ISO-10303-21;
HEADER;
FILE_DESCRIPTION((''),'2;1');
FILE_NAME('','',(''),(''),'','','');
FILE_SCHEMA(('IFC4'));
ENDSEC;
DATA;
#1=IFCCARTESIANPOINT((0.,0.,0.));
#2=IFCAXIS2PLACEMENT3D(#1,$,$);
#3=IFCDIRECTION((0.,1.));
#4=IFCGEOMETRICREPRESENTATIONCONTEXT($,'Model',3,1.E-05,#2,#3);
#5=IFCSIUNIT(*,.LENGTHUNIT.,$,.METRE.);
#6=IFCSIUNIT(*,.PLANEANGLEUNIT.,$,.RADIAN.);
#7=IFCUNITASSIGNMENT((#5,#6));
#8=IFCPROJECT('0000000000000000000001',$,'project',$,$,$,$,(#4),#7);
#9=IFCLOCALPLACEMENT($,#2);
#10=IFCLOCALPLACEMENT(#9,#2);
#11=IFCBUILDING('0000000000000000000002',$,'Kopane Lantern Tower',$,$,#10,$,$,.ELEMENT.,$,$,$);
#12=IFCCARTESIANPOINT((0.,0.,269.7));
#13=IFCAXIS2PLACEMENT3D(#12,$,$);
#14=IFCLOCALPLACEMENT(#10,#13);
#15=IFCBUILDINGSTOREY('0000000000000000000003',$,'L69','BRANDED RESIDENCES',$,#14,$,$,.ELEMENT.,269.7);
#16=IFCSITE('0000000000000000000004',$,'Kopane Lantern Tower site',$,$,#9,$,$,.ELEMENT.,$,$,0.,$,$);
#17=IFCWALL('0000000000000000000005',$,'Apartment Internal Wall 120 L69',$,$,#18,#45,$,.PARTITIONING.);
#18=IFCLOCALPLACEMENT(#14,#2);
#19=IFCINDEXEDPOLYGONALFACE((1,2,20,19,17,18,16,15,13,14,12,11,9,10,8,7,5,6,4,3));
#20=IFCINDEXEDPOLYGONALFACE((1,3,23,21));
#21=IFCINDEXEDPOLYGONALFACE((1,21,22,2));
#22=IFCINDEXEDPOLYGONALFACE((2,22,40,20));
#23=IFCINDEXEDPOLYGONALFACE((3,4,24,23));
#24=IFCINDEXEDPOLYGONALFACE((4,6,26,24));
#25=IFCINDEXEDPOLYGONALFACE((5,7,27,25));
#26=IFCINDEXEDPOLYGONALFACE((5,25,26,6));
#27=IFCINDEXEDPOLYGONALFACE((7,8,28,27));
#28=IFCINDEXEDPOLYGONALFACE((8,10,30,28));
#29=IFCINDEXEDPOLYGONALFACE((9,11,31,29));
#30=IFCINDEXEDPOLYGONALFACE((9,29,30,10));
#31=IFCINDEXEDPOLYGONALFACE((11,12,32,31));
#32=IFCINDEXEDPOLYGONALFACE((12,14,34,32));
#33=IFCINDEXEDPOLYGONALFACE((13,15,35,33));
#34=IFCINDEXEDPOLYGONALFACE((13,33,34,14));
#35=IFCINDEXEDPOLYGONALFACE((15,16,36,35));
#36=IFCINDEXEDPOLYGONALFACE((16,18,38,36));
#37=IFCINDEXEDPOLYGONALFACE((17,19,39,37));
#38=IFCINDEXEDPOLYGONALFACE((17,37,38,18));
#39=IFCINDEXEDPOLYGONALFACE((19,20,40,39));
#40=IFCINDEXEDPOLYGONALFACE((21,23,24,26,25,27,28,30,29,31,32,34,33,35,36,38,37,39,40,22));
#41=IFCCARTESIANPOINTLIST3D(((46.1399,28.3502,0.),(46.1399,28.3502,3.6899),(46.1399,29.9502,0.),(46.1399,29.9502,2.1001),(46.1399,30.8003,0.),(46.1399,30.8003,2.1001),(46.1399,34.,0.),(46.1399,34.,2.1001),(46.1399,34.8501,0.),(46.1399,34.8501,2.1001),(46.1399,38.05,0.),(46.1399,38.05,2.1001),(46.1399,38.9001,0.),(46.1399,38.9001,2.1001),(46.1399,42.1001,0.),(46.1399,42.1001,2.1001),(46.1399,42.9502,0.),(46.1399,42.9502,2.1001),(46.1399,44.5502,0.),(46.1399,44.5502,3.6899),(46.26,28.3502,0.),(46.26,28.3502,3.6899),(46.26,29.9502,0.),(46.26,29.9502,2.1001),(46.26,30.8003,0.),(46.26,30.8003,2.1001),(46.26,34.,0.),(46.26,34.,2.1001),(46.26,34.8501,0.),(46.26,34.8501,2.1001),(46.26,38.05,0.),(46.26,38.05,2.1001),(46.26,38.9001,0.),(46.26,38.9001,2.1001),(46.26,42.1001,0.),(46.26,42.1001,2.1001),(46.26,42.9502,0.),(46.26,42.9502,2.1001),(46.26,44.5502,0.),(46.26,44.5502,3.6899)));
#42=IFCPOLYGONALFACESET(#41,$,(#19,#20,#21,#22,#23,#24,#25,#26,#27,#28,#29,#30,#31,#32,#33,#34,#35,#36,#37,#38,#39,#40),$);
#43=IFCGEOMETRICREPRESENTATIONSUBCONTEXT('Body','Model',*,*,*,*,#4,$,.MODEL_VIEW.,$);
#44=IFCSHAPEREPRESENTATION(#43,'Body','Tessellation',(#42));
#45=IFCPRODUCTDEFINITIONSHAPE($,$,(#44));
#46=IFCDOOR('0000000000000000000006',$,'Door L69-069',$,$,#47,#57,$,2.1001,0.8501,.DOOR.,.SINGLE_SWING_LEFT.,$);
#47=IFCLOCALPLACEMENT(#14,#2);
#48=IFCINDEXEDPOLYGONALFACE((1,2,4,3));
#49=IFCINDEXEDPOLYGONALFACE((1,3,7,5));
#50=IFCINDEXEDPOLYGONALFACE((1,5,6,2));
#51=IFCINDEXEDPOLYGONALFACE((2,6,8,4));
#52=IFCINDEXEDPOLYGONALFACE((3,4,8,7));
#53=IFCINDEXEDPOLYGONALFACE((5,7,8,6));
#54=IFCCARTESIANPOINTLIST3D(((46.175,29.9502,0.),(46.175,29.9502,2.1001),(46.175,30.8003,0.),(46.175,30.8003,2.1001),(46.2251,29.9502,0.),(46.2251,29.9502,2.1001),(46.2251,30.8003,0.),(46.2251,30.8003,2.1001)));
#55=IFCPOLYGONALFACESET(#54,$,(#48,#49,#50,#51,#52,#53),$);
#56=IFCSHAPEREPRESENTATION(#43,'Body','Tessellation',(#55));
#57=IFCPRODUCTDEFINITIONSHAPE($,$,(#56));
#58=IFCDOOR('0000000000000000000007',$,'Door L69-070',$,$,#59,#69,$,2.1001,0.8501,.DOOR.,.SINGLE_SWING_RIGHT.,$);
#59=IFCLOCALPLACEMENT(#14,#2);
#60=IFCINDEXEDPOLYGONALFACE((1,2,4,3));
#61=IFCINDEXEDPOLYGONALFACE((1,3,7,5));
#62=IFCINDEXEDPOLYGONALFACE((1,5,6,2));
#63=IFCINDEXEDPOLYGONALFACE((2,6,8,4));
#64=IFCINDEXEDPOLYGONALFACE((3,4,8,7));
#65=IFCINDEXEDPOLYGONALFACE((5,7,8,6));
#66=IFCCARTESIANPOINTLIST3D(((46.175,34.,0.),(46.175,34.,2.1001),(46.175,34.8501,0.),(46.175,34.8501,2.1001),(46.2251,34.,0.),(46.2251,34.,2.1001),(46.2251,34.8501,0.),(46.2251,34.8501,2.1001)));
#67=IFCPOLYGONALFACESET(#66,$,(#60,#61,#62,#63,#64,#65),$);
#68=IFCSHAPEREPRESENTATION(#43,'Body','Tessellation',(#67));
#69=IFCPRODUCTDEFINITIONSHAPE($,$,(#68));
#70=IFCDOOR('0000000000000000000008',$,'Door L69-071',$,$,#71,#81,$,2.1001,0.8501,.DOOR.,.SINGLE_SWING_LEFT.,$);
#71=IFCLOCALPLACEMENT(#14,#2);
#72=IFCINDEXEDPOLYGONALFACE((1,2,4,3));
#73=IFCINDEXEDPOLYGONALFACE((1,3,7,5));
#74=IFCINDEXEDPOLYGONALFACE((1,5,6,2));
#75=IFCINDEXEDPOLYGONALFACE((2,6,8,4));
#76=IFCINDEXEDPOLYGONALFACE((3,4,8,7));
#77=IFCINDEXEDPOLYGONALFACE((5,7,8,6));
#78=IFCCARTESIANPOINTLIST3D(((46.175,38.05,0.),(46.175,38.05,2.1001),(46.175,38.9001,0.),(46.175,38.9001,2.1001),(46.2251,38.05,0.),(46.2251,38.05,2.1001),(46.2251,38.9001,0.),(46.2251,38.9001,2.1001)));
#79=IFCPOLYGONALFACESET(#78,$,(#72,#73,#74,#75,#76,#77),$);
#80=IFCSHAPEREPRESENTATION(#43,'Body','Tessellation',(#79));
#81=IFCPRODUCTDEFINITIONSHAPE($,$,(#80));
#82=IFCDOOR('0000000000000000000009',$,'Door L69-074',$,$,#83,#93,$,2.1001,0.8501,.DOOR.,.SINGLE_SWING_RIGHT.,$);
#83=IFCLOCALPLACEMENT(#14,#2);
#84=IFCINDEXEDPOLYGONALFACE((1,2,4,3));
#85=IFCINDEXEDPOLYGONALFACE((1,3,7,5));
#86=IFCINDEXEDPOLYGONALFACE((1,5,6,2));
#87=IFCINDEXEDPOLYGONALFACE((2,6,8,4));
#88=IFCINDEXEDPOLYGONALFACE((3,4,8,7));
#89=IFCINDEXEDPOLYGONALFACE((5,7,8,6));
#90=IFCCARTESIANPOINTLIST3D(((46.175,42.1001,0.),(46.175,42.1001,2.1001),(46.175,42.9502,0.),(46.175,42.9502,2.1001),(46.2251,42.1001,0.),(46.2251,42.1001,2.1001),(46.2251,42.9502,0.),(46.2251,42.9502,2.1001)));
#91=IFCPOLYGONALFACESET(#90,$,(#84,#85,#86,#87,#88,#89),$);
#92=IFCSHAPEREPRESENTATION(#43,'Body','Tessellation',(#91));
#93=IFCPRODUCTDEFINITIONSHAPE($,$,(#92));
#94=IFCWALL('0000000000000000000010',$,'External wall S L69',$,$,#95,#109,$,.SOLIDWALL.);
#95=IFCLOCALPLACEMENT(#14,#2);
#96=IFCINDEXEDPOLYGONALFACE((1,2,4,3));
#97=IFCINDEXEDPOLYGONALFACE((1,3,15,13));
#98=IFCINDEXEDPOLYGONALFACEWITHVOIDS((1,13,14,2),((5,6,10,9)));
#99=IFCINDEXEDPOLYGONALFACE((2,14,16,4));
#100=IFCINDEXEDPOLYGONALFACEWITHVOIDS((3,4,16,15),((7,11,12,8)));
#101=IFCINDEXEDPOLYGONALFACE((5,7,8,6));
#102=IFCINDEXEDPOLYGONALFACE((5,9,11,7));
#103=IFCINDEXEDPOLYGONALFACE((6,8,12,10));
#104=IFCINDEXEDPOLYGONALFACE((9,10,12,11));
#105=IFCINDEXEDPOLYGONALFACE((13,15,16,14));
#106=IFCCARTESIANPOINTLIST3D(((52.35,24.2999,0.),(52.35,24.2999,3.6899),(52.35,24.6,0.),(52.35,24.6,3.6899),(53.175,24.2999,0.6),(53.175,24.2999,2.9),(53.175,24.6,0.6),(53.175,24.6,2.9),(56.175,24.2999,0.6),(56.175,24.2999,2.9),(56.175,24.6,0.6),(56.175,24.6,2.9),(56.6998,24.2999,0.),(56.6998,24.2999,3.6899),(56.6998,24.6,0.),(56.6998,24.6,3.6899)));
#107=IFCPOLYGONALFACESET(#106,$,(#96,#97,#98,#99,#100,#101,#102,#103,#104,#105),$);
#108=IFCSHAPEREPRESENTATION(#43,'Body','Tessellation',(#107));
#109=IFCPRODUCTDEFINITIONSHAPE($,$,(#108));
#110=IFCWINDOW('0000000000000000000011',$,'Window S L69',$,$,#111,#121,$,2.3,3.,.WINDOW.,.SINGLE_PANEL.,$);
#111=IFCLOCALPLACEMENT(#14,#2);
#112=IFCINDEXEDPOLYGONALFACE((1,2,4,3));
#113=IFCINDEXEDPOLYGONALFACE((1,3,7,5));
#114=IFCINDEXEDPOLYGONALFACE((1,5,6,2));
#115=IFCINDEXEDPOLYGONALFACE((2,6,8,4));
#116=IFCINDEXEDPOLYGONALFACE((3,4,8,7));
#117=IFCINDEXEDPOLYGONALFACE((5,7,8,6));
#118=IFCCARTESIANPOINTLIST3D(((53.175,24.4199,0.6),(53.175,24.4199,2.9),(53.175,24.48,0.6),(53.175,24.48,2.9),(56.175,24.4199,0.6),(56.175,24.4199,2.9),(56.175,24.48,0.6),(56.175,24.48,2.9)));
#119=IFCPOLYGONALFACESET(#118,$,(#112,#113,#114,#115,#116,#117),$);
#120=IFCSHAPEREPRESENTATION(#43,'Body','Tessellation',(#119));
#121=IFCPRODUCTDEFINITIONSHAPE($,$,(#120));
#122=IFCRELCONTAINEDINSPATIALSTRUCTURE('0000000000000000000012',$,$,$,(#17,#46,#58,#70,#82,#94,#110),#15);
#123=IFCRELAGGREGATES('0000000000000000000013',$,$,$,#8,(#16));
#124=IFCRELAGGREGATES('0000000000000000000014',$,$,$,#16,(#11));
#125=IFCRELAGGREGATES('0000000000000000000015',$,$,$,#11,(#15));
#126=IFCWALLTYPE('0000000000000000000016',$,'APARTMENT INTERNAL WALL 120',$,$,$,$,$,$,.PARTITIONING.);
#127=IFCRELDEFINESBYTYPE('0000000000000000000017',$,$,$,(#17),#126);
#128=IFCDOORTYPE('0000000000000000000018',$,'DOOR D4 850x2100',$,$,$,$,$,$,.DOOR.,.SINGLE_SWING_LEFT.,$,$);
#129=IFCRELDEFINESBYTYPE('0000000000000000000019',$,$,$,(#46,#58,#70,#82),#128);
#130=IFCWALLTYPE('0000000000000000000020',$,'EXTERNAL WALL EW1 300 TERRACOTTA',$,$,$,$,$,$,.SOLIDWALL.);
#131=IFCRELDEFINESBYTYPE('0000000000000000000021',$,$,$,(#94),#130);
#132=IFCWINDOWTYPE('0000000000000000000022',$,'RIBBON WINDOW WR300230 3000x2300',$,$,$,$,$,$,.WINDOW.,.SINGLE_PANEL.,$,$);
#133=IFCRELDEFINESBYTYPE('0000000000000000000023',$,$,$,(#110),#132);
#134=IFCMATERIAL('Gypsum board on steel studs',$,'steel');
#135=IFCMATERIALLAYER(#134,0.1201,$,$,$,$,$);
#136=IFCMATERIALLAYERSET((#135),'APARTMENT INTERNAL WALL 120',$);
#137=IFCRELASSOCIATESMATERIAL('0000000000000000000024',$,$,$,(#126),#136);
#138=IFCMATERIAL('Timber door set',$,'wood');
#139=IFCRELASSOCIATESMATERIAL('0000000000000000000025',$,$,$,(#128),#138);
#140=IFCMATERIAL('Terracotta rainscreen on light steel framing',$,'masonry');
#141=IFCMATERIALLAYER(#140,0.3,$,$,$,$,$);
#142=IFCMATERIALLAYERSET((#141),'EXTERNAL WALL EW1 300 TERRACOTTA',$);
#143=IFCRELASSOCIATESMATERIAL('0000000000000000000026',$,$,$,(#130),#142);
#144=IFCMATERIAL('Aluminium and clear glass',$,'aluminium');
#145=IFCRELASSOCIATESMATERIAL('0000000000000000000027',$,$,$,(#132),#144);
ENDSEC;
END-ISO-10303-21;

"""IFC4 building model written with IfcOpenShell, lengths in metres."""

from ifc_helpers import new_model, si_unit, direction, frame, frame_2d, origin, place, context, subcontext, project, spatial, rectangle, extrude, material, layer, layer_set, type_object, element, fill, save


model = new_model("IFC4")

# Units and contexts
model_context = context("Model", 3, precision=1e-05, world=origin(), true_north=direction((0.0, 1.0)))
body_context = subcontext(model_context, "Body", "Model", "MODEL_VIEW")
ifc_project = project(units=[si_unit("LENGTHUNIT", "METRE"), si_unit("PLANEANGLEUNIT", "RADIAN")], contexts=[model_context])

# Site, building, storey
site_placement = place(None, origin())
site = spatial("IfcSite", under=ifc_project, at=site_placement, Name="Kopane Lantern Tower site", CompositionType="ELEMENT", RefElevation=0.0)
building_placement = place(site_placement, origin())
building = spatial("IfcBuilding", under=site, at=building_placement, Name="Kopane Lantern Tower", CompositionType="ELEMENT")
storey_placement = place(building_placement, frame((0.0, 0.0, 269.7)))
storey = spatial("IfcBuildingStorey", under=building, at=storey_placement, Name="L69", Description="BRANDED RESIDENCES", CompositionType="ELEMENT", Elevation=269.7)

# Wall, openings, doors
ifc_material_1 = material(Name="Gypsum board on steel studs", Category="steel")
ifc_layer_1 = layer(ifc_material_1, 0.1201)
ifc_layer_set_1 = layer_set([ifc_layer_1], Name="APARTMENT INTERNAL WALL 120")
wall_type_1 = type_object("IfcWallType", Name="APARTMENT INTERNAL WALL 120", PredefinedType="PARTITIONING", material=ifc_layer_set_1)
wall_1_placement = place(storey_placement, frame((46.2, 28.3501, 0.0), z_axis=(0.0, 0.0, 1.0), x_axis=(0.0, 1.0, 0.0)))
wall_1 = element("IfcWall", 1, at=wall_1_placement, inside=storey, type_object=wall_type_1, Name="Apartment Internal Wall 120 L69", PredefinedType="PARTITIONING", context=body_context, shape_type="SweptSolid", body=[
    extrude(rectangle(XDim=16.2, YDim=0.1201, at=frame_2d((8.1001, 0.0))), origin(), (0.0, 0.0, 1.0), 3.6899),
])
opening_1_placement = place(wall_1_placement, frame((1.6001, 0.0, 0.0)))
opening_1 = element("IfcOpeningElement", 2, at=opening_1_placement, cuts=wall_1, PredefinedType="OPENING", context=body_context, shape_type="SweptSolid", body=[
    extrude(rectangle(XDim=0.8501, YDim=2.1001, at=frame_2d((0.425, 1.05))), frame((0.0, 0.0701, 0.0), z_axis=(0.0, -1.0, 0.0), x_axis=(1.0, 0.0, 0.0)), (0.0, 0.0, 1.0), 0.1401),
])
opening_2_placement = place(wall_1_placement, frame((5.6499, 0.0, 0.0)))
opening_2 = element("IfcOpeningElement", 3, at=opening_2_placement, cuts=wall_1, PredefinedType="OPENING", context=body_context, shape_type="SweptSolid", body=[
    extrude(rectangle(XDim=0.8501, YDim=2.1001, at=frame_2d((0.425, 1.05))), frame((0.0, 0.0701, 0.0), z_axis=(0.0, -1.0, 0.0), x_axis=(1.0, 0.0, 0.0)), (0.0, 0.0, 1.0), 0.1401),
])
opening_3_placement = place(wall_1_placement, frame((9.7, 0.0, 0.0)))
opening_3 = element("IfcOpeningElement", 4, at=opening_3_placement, cuts=wall_1, PredefinedType="OPENING", context=body_context, shape_type="SweptSolid", body=[
    extrude(rectangle(XDim=0.8501, YDim=2.1001, at=frame_2d((0.425, 1.05))), frame((0.0, 0.0701, 0.0), z_axis=(0.0, -1.0, 0.0), x_axis=(1.0, 0.0, 0.0)), (0.0, 0.0, 1.0), 0.1401),
])
opening_4_placement = place(wall_1_placement, frame((13.75, 0.0, 0.0)))
opening_4 = element("IfcOpeningElement", 5, at=opening_4_placement, cuts=wall_1, PredefinedType="OPENING", context=body_context, shape_type="SweptSolid", body=[
    extrude(rectangle(XDim=0.8501, YDim=2.1001, at=frame_2d((0.425, 1.05))), frame((0.0, 0.0701, 0.0), z_axis=(0.0, -1.0, 0.0), x_axis=(1.0, 0.0, 0.0)), (0.0, 0.0, 1.0), 0.1401),
])
ifc_material_2 = material(Name="Timber door set", Category="wood")
door_type = type_object("IfcDoorType", Name="DOOR D4 850x2100", OperationType="SINGLE_SWING_LEFT", PredefinedType="DOOR", material=ifc_material_2)
door_1_placement = place(opening_1_placement, origin())
door_1 = element("IfcDoor", 6, at=door_1_placement, inside=storey, type_object=door_type, Name="Door L69-069", OperationType="SINGLE_SWING_LEFT", OverallHeight=2.1001, OverallWidth=0.8501, PredefinedType="DOOR", context=body_context, shape_type="SweptSolid", body=[
    extrude(rectangle(XDim=0.8501, YDim=2.1001, at=frame_2d((0.425, 1.05))), frame((0.0, 0.0249, 0.0), z_axis=(0.0, -1.0, 0.0), x_axis=(1.0, 0.0, 0.0)), (0.0, 0.0, 1.0), 0.05),
])
fill(opening_1, door_1)
door_2_placement = place(opening_2_placement, origin())
door_2 = element("IfcDoor", 7, at=door_2_placement, inside=storey, type_object=door_type, Name="Door L69-070", OperationType="SINGLE_SWING_RIGHT", OverallHeight=2.1001, OverallWidth=0.8501, PredefinedType="DOOR", context=body_context, shape_type="SweptSolid", body=[
    extrude(rectangle(XDim=0.8501, YDim=2.1001, at=frame_2d((0.425, 1.05))), frame((0.0, 0.0249, 0.0), z_axis=(0.0, -1.0, 0.0), x_axis=(1.0, 0.0, 0.0)), (0.0, 0.0, 1.0), 0.05),
])
fill(opening_2, door_2)
door_3_placement = place(opening_3_placement, origin())
door_3 = element("IfcDoor", 8, at=door_3_placement, inside=storey, type_object=door_type, Name="Door L69-071", OperationType="SINGLE_SWING_LEFT", OverallHeight=2.1001, OverallWidth=0.8501, PredefinedType="DOOR", context=body_context, shape_type="SweptSolid", body=[
    extrude(rectangle(XDim=0.8501, YDim=2.1001, at=frame_2d((0.425, 1.05))), frame((0.0, 0.0249, 0.0), z_axis=(0.0, -1.0, 0.0), x_axis=(1.0, 0.0, 0.0)), (0.0, 0.0, 1.0), 0.05),
])
fill(opening_3, door_3)
door_4_placement = place(opening_4_placement, origin())
door_4 = element("IfcDoor", 9, at=door_4_placement, inside=storey, type_object=door_type, Name="Door L69-074", OperationType="SINGLE_SWING_RIGHT", OverallHeight=2.1001, OverallWidth=0.8501, PredefinedType="DOOR", context=body_context, shape_type="SweptSolid", body=[
    extrude(rectangle(XDim=0.8501, YDim=2.1001, at=frame_2d((0.425, 1.05))), frame((0.0, 0.0249, 0.0), z_axis=(0.0, -1.0, 0.0), x_axis=(1.0, 0.0, 0.0)), (0.0, 0.0, 1.0), 0.05),
])
fill(opening_4, door_4)

# Wall, opening, window
ifc_material_3 = material(Name="Terracotta rainscreen on light steel framing", Category="masonry")
ifc_layer_2 = layer(ifc_material_3, 0.3)
ifc_layer_set_2 = layer_set([ifc_layer_2], Name="EXTERNAL WALL EW1 300 TERRACOTTA")
wall_type_2 = type_object("IfcWallType", Name="EXTERNAL WALL EW1 300 TERRACOTTA", PredefinedType="SOLIDWALL", material=ifc_layer_set_2)
wall_2_placement = place(storey_placement, frame((52.3501, 24.45, 0.0), z_axis=(0.0, 0.0, 1.0), x_axis=(1.0, 0.0, 0.0)))
wall_2 = element("IfcWall", 10, at=wall_2_placement, inside=storey, type_object=wall_type_2, Name="External wall S L69", PredefinedType="SOLIDWALL", context=body_context, shape_type="SweptSolid", body=[
    extrude(rectangle(XDim=4.3499, YDim=0.3, at=frame_2d((2.1748, 0.0))), origin(), (0.0, 0.0, 1.0), 3.6899),
])
opening_5_placement = place(wall_2_placement, frame((0.825, 0.0, 0.6001)))
opening_5 = element("IfcOpeningElement", 11, at=opening_5_placement, cuts=wall_2, PredefinedType="OPENING", context=body_context, shape_type="SweptSolid", body=[
    extrude(rectangle(XDim=3.0, YDim=2.3, at=frame_2d((1.5, 1.1499))), frame((0.0, 0.1599, 0.0), z_axis=(0.0, -1.0, 0.0), x_axis=(1.0, 0.0, 0.0)), (0.0, 0.0, 1.0), 0.3201),
])
ifc_material_4 = material(Name="Aluminium and clear glass", Category="aluminium")
window_type_1 = type_object("IfcWindowType", Name="RIBBON WINDOW WR300230 3000x2300", PartitioningType="SINGLE_PANEL", PredefinedType="WINDOW", material=ifc_material_4)
window_1_placement = place(opening_5_placement, origin())
window_1 = element("IfcWindow", 12, at=window_1_placement, inside=storey, type_object=window_type_1, Name="Window S L69", OverallHeight=2.3, OverallWidth=3.0, PartitioningType="SINGLE_PANEL", PredefinedType="WINDOW", context=body_context, shape_type="SweptSolid", body=[
    extrude(rectangle(XDim=3.0, YDim=2.3, at=frame_2d((1.5, 1.1499))), frame((0.0, 0.03, 0.0), z_axis=(0.0, -1.0, 0.0), x_axis=(1.0, 0.0, 0.0)), (0.0, 0.0, 1.0), 0.0601),
])
fill(opening_5, window_1)

save(model, "model.ifc")
